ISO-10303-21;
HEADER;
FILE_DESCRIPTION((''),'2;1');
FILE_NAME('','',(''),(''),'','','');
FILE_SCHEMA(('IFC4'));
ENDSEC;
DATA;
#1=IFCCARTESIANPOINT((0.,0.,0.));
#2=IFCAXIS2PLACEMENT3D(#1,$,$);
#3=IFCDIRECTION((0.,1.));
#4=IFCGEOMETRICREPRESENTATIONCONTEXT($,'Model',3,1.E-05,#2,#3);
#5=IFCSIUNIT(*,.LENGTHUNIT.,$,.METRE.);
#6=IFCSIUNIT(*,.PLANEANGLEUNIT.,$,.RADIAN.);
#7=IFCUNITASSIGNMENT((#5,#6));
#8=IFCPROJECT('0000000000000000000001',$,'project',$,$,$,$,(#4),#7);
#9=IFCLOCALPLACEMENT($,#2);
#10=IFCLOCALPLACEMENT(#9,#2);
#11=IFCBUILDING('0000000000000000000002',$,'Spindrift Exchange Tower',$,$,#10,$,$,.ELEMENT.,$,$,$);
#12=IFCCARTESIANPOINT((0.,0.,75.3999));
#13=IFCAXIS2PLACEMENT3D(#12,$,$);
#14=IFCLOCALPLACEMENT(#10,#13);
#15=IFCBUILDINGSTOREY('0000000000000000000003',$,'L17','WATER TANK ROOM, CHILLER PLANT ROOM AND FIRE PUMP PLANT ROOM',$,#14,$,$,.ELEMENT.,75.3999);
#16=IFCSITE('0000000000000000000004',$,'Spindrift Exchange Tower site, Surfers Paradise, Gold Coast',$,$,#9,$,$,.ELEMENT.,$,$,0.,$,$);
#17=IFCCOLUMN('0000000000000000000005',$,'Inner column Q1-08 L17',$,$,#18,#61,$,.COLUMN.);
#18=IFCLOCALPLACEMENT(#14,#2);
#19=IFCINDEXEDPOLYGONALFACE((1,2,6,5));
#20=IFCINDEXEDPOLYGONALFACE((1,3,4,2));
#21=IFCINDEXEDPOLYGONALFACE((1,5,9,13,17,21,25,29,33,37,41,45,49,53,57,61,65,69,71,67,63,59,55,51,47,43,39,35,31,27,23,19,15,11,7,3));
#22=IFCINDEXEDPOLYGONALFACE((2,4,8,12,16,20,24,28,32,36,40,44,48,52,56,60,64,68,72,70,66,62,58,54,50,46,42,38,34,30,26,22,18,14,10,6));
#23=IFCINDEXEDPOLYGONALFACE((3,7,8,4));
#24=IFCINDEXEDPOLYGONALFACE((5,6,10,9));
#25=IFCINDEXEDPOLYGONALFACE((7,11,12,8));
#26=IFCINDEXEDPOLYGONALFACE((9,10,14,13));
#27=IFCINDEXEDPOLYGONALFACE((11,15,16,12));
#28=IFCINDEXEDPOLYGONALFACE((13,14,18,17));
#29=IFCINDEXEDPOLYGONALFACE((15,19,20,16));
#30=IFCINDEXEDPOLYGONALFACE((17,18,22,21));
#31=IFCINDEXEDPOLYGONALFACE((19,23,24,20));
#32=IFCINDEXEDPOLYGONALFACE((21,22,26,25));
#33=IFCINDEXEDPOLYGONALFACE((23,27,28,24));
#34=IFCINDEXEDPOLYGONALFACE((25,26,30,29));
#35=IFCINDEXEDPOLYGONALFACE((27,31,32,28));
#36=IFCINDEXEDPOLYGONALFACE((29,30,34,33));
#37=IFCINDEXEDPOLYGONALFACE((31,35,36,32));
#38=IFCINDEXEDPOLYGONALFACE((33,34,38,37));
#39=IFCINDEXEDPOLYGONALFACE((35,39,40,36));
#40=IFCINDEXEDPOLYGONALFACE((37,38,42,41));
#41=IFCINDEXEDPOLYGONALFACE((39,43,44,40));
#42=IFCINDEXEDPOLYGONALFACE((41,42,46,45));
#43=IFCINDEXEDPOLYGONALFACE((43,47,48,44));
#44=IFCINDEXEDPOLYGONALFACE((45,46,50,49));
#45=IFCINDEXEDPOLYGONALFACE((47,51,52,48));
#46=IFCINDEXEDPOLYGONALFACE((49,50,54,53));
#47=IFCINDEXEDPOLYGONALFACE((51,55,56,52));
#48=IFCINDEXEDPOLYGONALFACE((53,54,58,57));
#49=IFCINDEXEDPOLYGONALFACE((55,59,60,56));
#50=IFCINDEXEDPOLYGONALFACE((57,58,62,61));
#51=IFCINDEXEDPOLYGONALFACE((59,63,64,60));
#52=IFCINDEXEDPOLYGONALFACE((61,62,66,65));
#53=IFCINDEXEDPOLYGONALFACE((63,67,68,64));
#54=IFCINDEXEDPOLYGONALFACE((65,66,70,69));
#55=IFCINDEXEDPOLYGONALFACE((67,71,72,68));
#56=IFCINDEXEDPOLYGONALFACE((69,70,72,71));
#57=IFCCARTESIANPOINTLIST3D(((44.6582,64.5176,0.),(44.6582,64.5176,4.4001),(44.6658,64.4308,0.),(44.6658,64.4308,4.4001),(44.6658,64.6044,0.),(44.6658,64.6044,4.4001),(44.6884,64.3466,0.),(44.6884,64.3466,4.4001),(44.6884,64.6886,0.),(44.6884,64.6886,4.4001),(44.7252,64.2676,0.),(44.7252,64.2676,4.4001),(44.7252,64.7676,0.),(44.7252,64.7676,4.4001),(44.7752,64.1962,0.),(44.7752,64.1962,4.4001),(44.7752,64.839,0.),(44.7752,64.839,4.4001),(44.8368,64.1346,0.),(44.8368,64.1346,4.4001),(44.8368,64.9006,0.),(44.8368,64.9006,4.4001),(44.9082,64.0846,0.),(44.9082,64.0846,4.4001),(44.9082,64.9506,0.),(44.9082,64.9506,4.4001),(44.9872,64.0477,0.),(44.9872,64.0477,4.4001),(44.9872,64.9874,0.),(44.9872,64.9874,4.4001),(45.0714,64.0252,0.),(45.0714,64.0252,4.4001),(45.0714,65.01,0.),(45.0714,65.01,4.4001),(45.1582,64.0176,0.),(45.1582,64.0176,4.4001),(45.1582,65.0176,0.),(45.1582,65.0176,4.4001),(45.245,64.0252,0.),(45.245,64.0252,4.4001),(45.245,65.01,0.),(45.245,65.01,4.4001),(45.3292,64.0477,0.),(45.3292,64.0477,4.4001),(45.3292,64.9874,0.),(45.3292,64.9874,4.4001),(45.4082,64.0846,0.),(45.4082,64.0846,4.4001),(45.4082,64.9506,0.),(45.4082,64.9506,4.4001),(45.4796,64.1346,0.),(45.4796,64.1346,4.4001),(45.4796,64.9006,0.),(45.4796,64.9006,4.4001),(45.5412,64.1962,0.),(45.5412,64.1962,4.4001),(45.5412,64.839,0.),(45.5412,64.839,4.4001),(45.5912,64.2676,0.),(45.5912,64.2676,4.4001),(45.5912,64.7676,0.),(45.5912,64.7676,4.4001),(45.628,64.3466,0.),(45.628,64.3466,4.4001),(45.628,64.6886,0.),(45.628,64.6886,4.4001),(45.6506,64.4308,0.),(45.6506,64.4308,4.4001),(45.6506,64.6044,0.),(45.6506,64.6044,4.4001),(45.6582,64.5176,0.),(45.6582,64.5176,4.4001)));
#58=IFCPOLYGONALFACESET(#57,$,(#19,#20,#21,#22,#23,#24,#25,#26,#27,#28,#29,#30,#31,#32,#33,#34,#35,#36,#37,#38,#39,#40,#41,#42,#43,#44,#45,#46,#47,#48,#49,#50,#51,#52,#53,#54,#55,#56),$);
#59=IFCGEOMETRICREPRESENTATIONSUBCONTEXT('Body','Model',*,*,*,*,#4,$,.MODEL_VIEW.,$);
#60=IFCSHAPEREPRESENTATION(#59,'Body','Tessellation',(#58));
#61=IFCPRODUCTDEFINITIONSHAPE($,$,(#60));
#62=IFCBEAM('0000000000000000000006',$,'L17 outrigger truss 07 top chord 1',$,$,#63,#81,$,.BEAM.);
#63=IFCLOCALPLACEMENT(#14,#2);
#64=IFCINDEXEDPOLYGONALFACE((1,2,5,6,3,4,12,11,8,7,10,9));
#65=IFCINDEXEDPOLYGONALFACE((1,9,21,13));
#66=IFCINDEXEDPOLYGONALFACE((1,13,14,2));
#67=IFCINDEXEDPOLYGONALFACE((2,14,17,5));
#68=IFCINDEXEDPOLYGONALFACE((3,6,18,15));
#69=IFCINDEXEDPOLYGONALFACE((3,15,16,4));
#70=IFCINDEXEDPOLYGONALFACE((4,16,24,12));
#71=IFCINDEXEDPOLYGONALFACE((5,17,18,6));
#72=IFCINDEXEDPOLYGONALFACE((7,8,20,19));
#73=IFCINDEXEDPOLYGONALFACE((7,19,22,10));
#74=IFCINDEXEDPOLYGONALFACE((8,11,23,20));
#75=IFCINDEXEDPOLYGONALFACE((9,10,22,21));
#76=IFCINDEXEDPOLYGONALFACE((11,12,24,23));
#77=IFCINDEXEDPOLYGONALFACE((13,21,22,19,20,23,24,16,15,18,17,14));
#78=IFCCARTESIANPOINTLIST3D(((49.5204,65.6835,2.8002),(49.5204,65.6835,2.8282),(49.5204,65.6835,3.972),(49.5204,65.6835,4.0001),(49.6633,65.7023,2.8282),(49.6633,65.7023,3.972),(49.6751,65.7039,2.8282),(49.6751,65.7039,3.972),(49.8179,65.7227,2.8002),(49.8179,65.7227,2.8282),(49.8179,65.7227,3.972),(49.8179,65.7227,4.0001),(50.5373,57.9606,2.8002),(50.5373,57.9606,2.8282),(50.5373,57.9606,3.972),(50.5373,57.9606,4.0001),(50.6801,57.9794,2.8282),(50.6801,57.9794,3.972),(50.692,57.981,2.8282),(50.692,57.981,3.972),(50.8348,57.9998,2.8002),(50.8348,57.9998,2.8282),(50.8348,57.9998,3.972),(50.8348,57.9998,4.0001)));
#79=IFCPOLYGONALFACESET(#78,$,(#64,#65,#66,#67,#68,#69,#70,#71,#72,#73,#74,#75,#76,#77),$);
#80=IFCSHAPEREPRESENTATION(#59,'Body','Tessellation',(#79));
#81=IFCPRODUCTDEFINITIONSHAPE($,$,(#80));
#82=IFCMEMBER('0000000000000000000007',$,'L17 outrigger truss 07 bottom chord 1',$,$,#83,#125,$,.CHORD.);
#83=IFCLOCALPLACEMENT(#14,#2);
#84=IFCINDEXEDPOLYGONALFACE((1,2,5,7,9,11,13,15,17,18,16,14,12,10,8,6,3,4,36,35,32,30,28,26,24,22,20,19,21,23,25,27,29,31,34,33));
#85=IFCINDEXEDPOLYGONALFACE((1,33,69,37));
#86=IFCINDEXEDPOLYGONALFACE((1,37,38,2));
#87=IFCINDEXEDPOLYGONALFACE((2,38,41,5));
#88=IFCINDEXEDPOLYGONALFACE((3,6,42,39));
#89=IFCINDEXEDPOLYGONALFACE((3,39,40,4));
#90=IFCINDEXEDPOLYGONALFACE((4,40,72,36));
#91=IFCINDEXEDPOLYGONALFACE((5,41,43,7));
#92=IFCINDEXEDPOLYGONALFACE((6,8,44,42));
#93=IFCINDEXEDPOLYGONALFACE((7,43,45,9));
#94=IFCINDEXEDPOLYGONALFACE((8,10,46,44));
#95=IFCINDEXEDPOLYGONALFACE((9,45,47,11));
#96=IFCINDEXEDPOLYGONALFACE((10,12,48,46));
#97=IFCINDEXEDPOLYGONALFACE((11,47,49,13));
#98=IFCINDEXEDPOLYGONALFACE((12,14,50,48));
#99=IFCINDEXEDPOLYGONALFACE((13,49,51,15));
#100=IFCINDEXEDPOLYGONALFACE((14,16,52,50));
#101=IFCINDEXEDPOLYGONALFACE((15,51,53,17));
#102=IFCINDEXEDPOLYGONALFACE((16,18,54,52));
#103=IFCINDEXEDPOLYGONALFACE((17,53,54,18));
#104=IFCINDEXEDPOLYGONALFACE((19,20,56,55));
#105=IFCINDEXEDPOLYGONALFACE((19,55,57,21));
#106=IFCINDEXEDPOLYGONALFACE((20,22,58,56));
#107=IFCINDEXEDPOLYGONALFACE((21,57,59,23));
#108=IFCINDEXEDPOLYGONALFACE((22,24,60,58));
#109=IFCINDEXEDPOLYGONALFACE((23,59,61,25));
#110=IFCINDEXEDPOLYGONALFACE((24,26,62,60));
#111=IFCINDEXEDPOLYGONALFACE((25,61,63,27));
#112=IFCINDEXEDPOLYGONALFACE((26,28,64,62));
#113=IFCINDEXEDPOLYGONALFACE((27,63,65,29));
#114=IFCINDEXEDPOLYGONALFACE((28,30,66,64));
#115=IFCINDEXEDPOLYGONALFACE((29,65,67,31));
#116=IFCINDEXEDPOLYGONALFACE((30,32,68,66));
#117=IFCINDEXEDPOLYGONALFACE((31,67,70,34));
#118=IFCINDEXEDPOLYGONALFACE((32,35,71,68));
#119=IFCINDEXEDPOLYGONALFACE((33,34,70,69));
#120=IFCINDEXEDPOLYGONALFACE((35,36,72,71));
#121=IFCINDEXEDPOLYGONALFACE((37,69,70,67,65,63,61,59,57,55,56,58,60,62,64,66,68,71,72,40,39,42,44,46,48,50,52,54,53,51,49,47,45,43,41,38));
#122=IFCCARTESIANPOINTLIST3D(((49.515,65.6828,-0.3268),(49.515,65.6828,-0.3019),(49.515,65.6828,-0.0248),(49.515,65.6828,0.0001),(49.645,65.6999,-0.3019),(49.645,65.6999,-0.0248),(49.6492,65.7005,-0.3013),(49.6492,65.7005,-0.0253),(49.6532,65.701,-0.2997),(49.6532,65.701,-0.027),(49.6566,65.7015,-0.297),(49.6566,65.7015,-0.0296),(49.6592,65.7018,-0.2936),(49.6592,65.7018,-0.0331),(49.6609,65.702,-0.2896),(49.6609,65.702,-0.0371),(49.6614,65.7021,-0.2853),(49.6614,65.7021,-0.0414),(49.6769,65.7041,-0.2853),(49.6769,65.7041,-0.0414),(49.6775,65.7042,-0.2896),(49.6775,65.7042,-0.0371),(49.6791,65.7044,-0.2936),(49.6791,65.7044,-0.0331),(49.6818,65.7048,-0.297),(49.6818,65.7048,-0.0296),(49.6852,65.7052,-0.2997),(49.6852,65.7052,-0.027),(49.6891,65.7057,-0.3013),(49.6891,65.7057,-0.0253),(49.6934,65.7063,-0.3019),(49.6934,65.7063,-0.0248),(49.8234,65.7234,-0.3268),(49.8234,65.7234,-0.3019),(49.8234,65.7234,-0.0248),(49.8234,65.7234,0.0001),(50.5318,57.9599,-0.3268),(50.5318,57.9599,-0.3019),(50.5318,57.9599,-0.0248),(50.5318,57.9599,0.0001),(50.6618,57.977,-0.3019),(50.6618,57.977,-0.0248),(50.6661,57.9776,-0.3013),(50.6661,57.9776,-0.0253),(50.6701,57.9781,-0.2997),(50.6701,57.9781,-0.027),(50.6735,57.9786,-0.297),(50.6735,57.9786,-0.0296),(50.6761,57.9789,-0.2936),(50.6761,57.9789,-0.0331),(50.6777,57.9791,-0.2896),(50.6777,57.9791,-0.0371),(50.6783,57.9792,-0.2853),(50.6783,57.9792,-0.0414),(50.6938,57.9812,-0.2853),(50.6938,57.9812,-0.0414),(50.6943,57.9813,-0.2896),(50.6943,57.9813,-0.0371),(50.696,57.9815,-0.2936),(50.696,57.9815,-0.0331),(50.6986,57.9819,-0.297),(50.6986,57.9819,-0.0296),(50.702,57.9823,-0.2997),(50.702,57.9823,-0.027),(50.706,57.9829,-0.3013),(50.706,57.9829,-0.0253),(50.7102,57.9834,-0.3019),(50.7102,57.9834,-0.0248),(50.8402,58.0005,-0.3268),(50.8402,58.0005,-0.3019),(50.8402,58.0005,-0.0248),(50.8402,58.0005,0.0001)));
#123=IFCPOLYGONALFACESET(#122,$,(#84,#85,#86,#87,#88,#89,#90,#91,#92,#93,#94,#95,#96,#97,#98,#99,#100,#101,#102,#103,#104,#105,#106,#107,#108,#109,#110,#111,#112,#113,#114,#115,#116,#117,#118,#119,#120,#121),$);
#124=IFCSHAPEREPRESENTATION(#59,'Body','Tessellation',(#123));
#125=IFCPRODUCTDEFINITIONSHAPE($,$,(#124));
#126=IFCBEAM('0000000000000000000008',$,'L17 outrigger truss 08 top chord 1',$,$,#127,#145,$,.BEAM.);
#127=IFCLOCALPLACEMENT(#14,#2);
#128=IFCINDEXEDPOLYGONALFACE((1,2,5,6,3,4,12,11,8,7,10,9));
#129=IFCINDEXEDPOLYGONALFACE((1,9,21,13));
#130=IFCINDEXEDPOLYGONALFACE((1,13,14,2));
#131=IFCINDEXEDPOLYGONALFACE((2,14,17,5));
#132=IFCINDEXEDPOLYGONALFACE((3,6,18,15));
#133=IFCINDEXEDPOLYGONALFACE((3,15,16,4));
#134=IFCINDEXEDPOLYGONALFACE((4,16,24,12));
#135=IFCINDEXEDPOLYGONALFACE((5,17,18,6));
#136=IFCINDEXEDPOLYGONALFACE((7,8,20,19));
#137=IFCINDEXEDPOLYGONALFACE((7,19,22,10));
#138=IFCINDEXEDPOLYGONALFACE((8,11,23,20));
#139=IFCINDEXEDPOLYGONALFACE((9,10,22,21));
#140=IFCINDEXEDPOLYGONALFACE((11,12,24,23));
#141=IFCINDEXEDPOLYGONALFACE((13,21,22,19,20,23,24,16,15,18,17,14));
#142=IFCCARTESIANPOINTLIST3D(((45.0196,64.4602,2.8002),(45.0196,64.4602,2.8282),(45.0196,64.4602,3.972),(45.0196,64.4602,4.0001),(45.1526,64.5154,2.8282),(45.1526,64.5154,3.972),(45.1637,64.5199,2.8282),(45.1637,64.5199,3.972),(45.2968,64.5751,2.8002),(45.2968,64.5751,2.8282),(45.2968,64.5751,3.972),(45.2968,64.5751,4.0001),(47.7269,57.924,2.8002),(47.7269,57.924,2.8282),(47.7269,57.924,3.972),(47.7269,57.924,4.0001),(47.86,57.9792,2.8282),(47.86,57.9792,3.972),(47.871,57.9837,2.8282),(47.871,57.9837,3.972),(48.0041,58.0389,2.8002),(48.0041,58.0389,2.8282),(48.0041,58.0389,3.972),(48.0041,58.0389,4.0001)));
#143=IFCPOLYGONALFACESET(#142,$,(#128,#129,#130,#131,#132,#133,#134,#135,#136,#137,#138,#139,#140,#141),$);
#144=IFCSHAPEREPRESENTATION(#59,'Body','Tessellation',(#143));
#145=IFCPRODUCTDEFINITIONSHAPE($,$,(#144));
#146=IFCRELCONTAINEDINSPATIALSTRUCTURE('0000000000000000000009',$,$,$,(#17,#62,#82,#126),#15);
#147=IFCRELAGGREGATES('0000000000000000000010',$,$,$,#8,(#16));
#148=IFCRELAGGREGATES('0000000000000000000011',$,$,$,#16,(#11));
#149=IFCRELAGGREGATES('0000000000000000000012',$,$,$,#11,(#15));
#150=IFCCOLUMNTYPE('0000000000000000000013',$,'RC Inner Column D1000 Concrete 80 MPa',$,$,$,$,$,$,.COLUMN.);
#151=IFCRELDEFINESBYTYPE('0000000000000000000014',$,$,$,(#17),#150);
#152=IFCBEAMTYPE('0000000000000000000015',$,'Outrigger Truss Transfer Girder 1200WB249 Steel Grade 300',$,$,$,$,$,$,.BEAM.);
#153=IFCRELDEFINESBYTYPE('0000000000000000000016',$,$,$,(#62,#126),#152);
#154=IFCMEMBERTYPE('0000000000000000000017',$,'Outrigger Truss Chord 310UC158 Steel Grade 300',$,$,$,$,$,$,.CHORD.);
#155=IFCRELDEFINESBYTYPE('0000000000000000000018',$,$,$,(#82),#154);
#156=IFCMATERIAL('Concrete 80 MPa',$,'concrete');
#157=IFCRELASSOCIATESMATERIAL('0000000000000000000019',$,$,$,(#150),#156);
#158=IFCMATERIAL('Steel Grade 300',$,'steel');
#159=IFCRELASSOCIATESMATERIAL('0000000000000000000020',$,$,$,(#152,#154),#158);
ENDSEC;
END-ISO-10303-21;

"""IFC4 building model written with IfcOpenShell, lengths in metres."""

from ifc_helpers import new_model, si_unit, direction, frame, origin, origin_2d, place, context, subcontext, project, spatial, circle, i_section, extrude, source, transform, mapped, material, material_profile, profile_set, type_object, element, save


model = new_model("IFC4")

# Units and contexts
model_context = context("Model", 3, precision=1e-05, world=origin(), true_north=direction((0.0, 1.0)))
body_context = subcontext(model_context, "Body", "Model", "MODEL_VIEW")
ifc_project = project(units=[si_unit("LENGTHUNIT", "METRE"), si_unit("PLANEANGLEUNIT", "RADIAN")], contexts=[model_context])

# Site, building, storey
site_placement = place(None, origin())
site = spatial("IfcSite", under=ifc_project, at=site_placement, Name="Spindrift Exchange Tower site, Surfers Paradise, Gold Coast", CompositionType="ELEMENT", RefElevation=0.0)
building_placement = place(site_placement, origin())
building = spatial("IfcBuilding", under=site, at=building_placement, Name="Spindrift Exchange Tower", CompositionType="ELEMENT")
storey_placement = place(building_placement, frame((0.0, 0.0, 75.3999)))
storey = spatial("IfcBuildingStorey", under=building, at=storey_placement, Name="L17", Description="WATER TANK ROOM, CHILLER PLANT ROOM AND FIRE PUMP PLANT ROOM", CompositionType="ELEMENT", Elevation=75.3999)

# Column
ifc_material_1 = material(Name="Concrete 80 MPa", Category="concrete")
ifc_material_profile_1 = material_profile(ifc_material_1, circle(Radius=0.5, at=origin_2d()), Name="RC D1000")
ifc_profile_set_1 = profile_set([ifc_material_profile_1], Name="Concrete 80 MPa")
column_type = type_object("IfcColumnType", Name="RC Inner Column D1000 Concrete 80 MPa", PredefinedType="COLUMN", material=ifc_profile_set_1)
shared_shape_1 = source(origin(), body_context, "Body", "SweptSolid", [
    extrude(circle(Radius=0.5, at=origin_2d()), origin(), (0.0, 0.0, 1.0), 4.4001),
])
column_placement = place(storey_placement, frame((45.1582, 64.5176, 0.0), z_axis=(0.0, 0.0, 1.0), x_axis=(1.0, 0.0, 0.0)))
element("IfcColumn", 1, at=column_placement, inside=storey, type_object=column_type, Name="Inner column Q1-08 L17", PredefinedType="COLUMN", context=body_context, shape_type="MappedRepresentation", body=[
    mapped(shared_shape_1, transform((0.0, 0.0, 0.0), scale=1.0)),
])

# Beam
ifc_material_2 = material(Name="Steel Grade 300", Category="steel")
ifc_material_profile_2 = material_profile(ifc_material_2, i_section(OverallWidth=0.3, OverallDepth=1.2, WebThickness=0.012, FlangeThickness=0.0281, at=origin_2d()), Name="1200WB249")
ifc_profile_set_2 = profile_set([ifc_material_profile_2], Name="Steel Grade 300")
beam_type = type_object("IfcBeamType", Name="Outrigger Truss Transfer Girder 1200WB249 Steel Grade 300", PredefinedType="BEAM", material=ifc_profile_set_2)
shared_shape_2 = source(origin(), body_context, "Body", "SweptSolid", [
    extrude(i_section(OverallWidth=0.3, OverallDepth=1.2, WebThickness=0.012, FlangeThickness=0.0281, at=origin_2d()), origin(), (0.0, 0.0, 1.0), 7.7896),
])
beam_1_placement = place(storey_placement, frame((50.686, 57.9802, 3.4001), z_axis=(-0.13054, 0.991443, 0.0), x_axis=(-0.991443, -0.13054, 0.0)))
element("IfcBeam", 2, at=beam_1_placement, inside=storey, type_object=beam_type, Name="L17 outrigger truss 07 top chord 1", PredefinedType="BEAM", context=body_context, shape_type="MappedRepresentation", body=[
    mapped(shared_shape_2, transform((0.0, 0.0, 0.0), scale=1.0)),
])

# Member
ifc_material_profile_3 = material_profile(ifc_material_2, i_section(OverallWidth=0.311, OverallDepth=0.3269, WebThickness=0.0156, FlangeThickness=0.0249, FilletRadius=0.0166, at=origin_2d()), Name="310UC158")
ifc_profile_set_3 = profile_set([ifc_material_profile_3], Name="Steel Grade 300")
member_type = type_object("IfcMemberType", Name="Outrigger Truss Chord 310UC158 Steel Grade 300", PredefinedType="CHORD", material=ifc_profile_set_3)
shared_shape_3 = source(origin(), body_context, "Body", "SweptSolid", [
    extrude(i_section(OverallWidth=0.311, OverallDepth=0.3269, WebThickness=0.0156, FlangeThickness=0.0249, FilletRadius=0.0166, at=origin_2d()), origin(), (0.0, 0.0, 1.0), 7.7896),
])
member_1_placement = place(storey_placement, frame((50.686, 57.9802, -0.1633), z_axis=(-0.13054, 0.991443, 0.0), x_axis=(-0.991443, -0.13054, 0.0)))
element("IfcMember", 3, at=member_1_placement, inside=storey, type_object=member_type, Name="L17 outrigger truss 07 bottom chord 1", PredefinedType="CHORD", context=body_context, shape_type="MappedRepresentation", body=[
    mapped(shared_shape_3, transform((0.0, 0.0, 0.0), scale=1.0)),
])

# Beam
shared_shape_4 = source(origin(), body_context, "Body", "SweptSolid", [
    extrude(i_section(OverallWidth=0.3, OverallDepth=1.2, WebThickness=0.012, FlangeThickness=0.0281, at=origin_2d()), origin(), (0.0, 0.0, 1.0), 7.0747),
])
beam_2_placement = place(storey_placement, frame((47.8655, 57.9814, 3.4001), z_axis=(-0.382674, 0.923884, 0.0), x_axis=(-0.923884, -0.382674, 0.0)))
element("IfcBeam", 4, at=beam_2_placement, inside=storey, type_object=beam_type, Name="L17 outrigger truss 08 top chord 1", PredefinedType="BEAM", context=body_context, shape_type="MappedRepresentation", body=[
    mapped(shared_shape_4, transform((0.0, 0.0, 0.0), scale=1.0)),
])

save(model, "model.ifc")
